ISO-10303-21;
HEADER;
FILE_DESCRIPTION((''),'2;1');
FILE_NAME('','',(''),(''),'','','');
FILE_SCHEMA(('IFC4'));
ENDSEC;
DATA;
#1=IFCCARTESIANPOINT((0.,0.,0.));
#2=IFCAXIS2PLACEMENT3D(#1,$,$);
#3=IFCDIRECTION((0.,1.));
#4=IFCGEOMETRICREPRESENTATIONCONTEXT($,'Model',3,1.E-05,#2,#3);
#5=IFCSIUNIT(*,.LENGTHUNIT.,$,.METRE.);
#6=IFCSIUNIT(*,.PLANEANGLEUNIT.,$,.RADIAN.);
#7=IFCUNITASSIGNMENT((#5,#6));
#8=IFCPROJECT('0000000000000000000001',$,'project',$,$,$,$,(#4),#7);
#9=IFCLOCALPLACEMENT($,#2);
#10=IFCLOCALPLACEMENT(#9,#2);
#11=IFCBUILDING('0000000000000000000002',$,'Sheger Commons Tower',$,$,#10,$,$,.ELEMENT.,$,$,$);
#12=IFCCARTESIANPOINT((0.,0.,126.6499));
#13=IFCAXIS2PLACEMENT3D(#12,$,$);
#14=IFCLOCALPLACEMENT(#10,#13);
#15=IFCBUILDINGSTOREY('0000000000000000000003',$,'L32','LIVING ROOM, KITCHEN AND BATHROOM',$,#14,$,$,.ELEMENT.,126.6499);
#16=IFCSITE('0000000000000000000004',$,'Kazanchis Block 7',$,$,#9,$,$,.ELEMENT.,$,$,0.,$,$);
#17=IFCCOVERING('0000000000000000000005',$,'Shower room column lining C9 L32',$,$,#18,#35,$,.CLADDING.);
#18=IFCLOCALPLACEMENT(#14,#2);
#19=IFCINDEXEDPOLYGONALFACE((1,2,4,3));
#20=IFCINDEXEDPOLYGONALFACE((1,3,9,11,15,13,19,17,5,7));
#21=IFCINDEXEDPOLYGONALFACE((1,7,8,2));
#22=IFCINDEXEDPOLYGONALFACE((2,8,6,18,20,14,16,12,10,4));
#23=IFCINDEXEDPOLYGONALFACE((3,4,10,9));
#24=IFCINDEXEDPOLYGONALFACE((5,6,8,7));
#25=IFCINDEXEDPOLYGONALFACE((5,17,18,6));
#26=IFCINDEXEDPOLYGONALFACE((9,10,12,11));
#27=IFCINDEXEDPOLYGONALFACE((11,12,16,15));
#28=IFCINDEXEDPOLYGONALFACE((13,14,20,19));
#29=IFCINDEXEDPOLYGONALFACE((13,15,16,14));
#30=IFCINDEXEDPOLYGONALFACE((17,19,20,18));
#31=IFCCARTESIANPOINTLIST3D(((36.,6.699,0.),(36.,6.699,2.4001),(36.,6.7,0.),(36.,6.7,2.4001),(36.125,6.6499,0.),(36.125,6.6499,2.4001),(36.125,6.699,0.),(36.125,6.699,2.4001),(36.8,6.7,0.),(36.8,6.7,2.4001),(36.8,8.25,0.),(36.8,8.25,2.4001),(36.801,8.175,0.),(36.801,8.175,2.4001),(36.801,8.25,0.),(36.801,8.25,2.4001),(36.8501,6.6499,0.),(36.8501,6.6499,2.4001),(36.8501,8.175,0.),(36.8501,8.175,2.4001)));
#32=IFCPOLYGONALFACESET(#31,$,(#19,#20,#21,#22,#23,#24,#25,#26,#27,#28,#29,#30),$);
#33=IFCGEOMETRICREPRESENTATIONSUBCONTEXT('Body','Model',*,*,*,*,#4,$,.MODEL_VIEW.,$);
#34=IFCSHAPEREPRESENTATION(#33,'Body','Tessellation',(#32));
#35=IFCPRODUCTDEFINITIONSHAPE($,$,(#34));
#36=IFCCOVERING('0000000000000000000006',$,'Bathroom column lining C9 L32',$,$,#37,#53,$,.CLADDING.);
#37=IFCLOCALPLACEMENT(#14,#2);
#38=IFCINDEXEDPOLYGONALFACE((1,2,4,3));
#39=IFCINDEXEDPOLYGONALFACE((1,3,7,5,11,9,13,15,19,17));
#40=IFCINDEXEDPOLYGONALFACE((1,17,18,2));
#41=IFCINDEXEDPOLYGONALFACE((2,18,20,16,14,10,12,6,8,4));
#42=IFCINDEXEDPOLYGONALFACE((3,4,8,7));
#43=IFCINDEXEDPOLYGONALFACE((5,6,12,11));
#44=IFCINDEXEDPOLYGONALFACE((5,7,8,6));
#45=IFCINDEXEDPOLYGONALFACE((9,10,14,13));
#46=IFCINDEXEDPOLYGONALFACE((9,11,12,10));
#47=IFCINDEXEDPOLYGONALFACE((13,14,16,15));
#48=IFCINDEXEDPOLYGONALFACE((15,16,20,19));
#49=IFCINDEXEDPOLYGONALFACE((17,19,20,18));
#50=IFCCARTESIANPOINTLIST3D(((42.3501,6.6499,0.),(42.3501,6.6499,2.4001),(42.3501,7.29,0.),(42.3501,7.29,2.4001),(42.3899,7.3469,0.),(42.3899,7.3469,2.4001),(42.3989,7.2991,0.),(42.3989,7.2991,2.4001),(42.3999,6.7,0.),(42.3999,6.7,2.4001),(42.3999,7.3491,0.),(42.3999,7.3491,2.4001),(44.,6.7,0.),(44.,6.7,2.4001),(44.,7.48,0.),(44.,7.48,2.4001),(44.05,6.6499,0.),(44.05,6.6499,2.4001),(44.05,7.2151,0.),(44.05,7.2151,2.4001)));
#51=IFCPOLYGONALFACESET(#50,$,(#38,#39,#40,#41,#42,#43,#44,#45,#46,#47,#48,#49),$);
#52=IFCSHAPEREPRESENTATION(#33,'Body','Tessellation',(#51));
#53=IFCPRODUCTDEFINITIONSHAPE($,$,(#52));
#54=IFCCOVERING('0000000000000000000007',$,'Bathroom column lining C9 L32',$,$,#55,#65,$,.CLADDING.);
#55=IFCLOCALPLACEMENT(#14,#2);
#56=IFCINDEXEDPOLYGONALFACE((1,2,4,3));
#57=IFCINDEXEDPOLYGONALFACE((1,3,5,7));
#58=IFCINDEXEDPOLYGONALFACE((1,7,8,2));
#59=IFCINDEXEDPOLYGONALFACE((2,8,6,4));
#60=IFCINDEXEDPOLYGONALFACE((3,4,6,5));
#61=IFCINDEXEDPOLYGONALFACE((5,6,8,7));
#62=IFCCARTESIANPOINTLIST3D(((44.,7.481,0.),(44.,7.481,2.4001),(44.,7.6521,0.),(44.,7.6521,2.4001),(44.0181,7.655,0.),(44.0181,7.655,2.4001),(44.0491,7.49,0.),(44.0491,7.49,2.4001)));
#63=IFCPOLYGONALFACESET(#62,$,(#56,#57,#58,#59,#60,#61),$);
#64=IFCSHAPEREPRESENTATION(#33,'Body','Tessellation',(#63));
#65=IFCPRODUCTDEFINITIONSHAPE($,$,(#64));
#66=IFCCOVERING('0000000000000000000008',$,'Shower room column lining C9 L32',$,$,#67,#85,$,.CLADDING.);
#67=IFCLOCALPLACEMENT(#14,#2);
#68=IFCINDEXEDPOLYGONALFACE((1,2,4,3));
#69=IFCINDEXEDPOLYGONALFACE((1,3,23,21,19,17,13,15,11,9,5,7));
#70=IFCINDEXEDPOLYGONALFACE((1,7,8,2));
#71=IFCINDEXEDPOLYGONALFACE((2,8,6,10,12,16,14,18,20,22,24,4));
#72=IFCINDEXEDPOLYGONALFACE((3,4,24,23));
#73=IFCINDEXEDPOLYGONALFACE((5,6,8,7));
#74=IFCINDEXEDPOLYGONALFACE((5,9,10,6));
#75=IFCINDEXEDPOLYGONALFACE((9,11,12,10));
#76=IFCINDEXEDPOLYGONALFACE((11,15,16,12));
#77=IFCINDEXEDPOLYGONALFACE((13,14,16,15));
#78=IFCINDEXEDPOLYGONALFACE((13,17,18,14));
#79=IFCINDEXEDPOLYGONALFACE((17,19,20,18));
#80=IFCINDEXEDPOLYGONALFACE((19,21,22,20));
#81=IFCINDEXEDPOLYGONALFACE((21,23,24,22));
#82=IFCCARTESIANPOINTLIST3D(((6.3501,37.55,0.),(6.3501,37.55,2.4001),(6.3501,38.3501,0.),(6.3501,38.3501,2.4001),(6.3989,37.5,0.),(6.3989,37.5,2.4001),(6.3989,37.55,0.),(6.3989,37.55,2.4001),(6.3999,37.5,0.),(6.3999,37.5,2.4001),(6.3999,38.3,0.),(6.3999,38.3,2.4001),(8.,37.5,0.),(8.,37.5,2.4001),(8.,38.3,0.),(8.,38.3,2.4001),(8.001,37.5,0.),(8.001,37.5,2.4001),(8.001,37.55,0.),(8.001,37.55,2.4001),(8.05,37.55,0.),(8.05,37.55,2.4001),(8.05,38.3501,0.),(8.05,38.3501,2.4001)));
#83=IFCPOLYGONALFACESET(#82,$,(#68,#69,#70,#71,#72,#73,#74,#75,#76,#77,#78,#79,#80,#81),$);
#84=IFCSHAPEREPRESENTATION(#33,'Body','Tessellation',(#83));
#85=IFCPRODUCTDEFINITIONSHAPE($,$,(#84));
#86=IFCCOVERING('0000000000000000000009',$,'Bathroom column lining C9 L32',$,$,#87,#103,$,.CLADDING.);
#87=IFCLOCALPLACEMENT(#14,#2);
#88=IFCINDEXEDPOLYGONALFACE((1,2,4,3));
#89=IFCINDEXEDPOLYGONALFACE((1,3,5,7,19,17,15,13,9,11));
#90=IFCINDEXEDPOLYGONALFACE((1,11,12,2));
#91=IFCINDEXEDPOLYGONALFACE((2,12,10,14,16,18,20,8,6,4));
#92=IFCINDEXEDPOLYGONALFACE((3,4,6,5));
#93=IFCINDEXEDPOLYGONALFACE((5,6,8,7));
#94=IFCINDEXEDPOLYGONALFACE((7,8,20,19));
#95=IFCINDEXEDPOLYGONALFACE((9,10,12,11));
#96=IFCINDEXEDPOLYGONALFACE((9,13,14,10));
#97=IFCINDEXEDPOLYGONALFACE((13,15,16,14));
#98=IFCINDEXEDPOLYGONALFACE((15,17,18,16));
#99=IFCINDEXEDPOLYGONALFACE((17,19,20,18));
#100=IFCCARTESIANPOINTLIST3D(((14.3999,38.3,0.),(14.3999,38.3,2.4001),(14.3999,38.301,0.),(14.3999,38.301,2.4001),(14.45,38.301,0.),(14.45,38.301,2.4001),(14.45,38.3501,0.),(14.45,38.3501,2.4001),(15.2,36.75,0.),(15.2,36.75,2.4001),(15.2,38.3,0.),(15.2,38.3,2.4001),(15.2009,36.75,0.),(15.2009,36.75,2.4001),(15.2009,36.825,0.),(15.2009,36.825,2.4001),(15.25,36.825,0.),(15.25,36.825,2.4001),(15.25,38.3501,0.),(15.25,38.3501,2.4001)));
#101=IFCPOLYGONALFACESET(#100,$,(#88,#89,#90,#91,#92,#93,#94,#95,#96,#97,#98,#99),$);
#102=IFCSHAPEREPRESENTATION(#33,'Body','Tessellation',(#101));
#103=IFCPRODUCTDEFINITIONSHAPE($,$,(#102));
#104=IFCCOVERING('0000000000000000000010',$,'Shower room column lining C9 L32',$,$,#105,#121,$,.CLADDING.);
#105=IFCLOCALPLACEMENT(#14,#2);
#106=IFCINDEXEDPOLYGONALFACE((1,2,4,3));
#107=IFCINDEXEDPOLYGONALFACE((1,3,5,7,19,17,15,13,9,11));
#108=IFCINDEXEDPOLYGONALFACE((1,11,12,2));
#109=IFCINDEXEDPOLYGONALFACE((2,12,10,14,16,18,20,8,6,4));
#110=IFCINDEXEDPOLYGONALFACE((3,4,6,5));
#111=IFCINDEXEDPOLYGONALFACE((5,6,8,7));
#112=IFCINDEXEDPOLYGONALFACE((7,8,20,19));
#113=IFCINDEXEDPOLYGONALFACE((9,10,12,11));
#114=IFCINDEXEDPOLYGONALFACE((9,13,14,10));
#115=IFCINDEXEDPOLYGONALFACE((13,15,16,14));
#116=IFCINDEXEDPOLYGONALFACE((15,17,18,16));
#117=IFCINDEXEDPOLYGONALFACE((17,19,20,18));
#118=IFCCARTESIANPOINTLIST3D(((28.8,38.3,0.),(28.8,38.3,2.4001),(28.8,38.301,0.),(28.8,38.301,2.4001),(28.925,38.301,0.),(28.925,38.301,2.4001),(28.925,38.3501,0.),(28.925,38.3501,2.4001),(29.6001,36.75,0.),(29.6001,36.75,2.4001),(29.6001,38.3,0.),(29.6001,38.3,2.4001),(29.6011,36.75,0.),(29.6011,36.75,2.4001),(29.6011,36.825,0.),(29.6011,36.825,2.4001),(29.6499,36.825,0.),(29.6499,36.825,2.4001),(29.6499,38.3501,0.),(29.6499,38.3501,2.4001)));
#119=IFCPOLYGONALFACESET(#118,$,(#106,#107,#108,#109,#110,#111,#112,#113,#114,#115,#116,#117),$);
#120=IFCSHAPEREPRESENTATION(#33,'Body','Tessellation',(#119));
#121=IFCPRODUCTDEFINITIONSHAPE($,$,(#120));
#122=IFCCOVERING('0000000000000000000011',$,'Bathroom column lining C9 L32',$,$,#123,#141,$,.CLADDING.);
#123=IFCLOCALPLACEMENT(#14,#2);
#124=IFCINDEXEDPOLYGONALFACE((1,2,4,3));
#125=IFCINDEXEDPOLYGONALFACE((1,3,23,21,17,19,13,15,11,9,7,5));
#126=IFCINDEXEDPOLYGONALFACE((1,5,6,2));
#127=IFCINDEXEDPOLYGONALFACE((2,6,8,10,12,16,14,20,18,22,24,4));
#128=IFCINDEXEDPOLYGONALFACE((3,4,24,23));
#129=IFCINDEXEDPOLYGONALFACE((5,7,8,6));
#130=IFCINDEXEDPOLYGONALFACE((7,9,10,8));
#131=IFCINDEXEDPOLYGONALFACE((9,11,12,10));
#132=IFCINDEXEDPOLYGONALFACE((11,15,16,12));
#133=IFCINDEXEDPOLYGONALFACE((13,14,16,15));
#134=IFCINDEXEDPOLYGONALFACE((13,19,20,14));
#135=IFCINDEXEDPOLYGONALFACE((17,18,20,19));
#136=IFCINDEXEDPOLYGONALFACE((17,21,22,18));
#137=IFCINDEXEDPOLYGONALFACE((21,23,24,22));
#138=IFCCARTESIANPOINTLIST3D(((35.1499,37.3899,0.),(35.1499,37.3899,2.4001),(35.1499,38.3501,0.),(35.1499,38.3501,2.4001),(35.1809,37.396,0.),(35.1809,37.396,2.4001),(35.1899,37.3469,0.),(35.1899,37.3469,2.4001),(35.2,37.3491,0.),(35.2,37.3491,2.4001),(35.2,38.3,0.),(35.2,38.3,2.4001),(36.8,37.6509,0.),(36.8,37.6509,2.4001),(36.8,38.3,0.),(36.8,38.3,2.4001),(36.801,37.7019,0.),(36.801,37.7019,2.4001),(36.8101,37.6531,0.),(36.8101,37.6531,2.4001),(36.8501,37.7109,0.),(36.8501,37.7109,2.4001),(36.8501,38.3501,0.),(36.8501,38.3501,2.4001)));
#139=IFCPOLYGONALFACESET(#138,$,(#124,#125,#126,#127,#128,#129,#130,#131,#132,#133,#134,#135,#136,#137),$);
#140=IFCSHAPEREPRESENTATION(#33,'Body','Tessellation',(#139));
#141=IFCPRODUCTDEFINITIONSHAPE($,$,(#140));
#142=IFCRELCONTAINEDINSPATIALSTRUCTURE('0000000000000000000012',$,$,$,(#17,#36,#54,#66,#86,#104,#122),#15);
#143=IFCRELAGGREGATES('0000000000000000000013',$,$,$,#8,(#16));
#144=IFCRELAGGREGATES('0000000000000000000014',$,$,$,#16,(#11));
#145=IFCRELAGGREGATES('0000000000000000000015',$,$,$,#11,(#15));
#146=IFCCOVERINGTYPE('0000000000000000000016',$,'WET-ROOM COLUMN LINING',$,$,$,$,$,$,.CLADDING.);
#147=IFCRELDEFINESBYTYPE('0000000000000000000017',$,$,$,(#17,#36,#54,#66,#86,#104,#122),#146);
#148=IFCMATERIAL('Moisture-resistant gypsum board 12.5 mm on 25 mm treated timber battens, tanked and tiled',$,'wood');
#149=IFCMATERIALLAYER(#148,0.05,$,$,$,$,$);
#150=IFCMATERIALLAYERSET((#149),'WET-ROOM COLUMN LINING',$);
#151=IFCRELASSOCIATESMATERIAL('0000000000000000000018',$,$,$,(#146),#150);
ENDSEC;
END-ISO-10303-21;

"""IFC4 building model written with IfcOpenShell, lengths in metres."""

from ifc_helpers import new_model, si_unit, direction, frame, origin, place, context, subcontext, project, spatial, polyline, outline, extrude, material, layer, layer_set, type_object, element, save


model = new_model("IFC4")

# Units and contexts
model_context = context("Model", 3, precision=1e-05, world=origin(), true_north=direction((0.0, 1.0)))
body_context = subcontext(model_context, "Body", "Model", "MODEL_VIEW")
ifc_project = project(units=[si_unit("LENGTHUNIT", "METRE"), si_unit("PLANEANGLEUNIT", "RADIAN")], contexts=[model_context])

# Site, building, storey
site_placement = place(None, origin())
site = spatial("IfcSite", under=ifc_project, at=site_placement, Name="Kazanchis Block 7", CompositionType="ELEMENT", RefElevation=0.0)
building_placement = place(site_placement, origin())
building = spatial("IfcBuilding", under=site, at=building_placement, Name="Sheger Commons Tower", CompositionType="ELEMENT")
storey_placement = place(building_placement, frame((0.0, 0.0, 126.6499)))
storey = spatial("IfcBuildingStorey", under=building, at=storey_placement, Name="L32", Description="LIVING ROOM, KITCHEN AND BATHROOM", CompositionType="ELEMENT", Elevation=126.6499)

# Coverings
ifc_material_1 = material(Name="Moisture-resistant gypsum board 12.5 mm on 25 mm treated timber battens, tanked and tiled", Category="wood")
ifc_layer_1 = layer(ifc_material_1, 0.05)
ifc_layer_set_1 = layer_set([ifc_layer_1], Name="WET-ROOM COLUMN LINING")
covering_type_1 = type_object("IfcCoveringType", Name="WET-ROOM COLUMN LINING", PredefinedType="CLADDING", material=ifc_layer_set_1)
covering_1_placement = place(storey_placement, origin())
element("IfcCovering", 1, at=covering_1_placement, inside=storey, type_object=covering_type_1, Name="Shower room column lining C9 L32", PredefinedType="CLADDING", context=body_context, shape_type="SweptSolid", body=[
    extrude(outline(polyline([(36.125, 6.6499), (36.125, 6.699), (36.0, 6.699), (36.0, 6.7), (36.8, 6.7), (36.8, 8.25), (36.801, 8.25), (36.801, 8.175), (36.8501, 8.175), (36.8501, 6.6499), (36.125, 6.6499)])), origin(), (0.0, 0.0, 1.0), 2.4001),
])
covering_2_placement = place(storey_placement, origin())
element("IfcCovering", 2, at=covering_2_placement, inside=storey, type_object=covering_type_1, Name="Bathroom column lining C9 L32", PredefinedType="CLADDING", context=body_context, shape_type="SweptSolid", body=[
    extrude(outline(polyline([(42.3999, 7.3491), (42.3999, 6.7), (44.0, 6.7), (44.0, 7.48), (44.05, 7.2151), (44.05, 6.6499), (42.3501, 6.6499), (42.3501, 7.29), (42.3989, 7.2991), (42.3899, 7.3469), (42.3999, 7.3491)])), origin(), (0.0, 0.0, 1.0), 2.4001),
])
covering_3_placement = place(storey_placement, origin())
element("IfcCovering", 3, at=covering_3_placement, inside=storey, type_object=covering_type_1, Name="Bathroom column lining C9 L32", PredefinedType="CLADDING", context=body_context, shape_type="SweptSolid", body=[
    extrude(outline(polyline([(44.0, 7.6521), (44.0181, 7.655), (44.0491, 7.49), (44.0, 7.481), (44.0, 7.6521)])), origin(), (0.0, 0.0, 1.0), 2.4001),
])
covering_4_placement = place(storey_placement, origin())
element("IfcCovering", 4, at=covering_4_placement, inside=storey, type_object=covering_type_1, Name="Shower room column lining C9 L32", PredefinedType="CLADDING", context=body_context, shape_type="SweptSolid", body=[
    extrude(outline(polyline([(8.05, 38.3501), (8.05, 37.55), (8.001, 37.55), (8.001, 37.5), (8.0, 37.5), (8.0, 38.3), (6.3999, 38.3), (6.3999, 37.5), (6.3989, 37.5), (6.3989, 37.55), (6.3501, 37.55), (6.3501, 38.3501), (8.05, 38.3501)])), origin(), (0.0, 0.0, 1.0), 2.4001),
])
covering_5_placement = place(storey_placement, origin())
element("IfcCovering", 5, at=covering_5_placement, inside=storey, type_object=covering_type_1, Name="Bathroom column lining C9 L32", PredefinedType="CLADDING", context=body_context, shape_type="SweptSolid", body=[
    extrude(outline(polyline([(15.25, 36.825), (15.2009, 36.825), (15.2009, 36.75), (15.2, 36.75), (15.2, 38.3), (14.3999, 38.3), (14.3999, 38.301), (14.45, 38.301), (14.45, 38.3501), (15.25, 38.3501), (15.25, 36.825)])), origin(), (0.0, 0.0, 1.0), 2.4001),
])
covering_6_placement = place(storey_placement, origin())
element("IfcCovering", 6, at=covering_6_placement, inside=storey, type_object=covering_type_1, Name="Shower room column lining C9 L32", PredefinedType="CLADDING", context=body_context, shape_type="SweptSolid", body=[
    extrude(outline(polyline([(29.6499, 36.825), (29.6011, 36.825), (29.6011, 36.75), (29.6001, 36.75), (29.6001, 38.3), (28.8, 38.3), (28.8, 38.301), (28.925, 38.301), (28.925, 38.3501), (29.6499, 38.3501), (29.6499, 36.825)])), origin(), (0.0, 0.0, 1.0), 2.4001),
])
covering_7_placement = place(storey_placement, origin())
element("IfcCovering", 7, at=covering_7_placement, inside=storey, type_object=covering_type_1, Name="Bathroom column lining C9 L32", PredefinedType="CLADDING", context=body_context, shape_type="SweptSolid", body=[
    extrude(outline(polyline([(36.8501, 38.3501), (36.8501, 37.7109), (36.801, 37.7019), (36.8101, 37.6531), (36.8, 37.6509), (36.8, 38.3), (35.2, 38.3), (35.2, 37.3491), (35.1899, 37.3469), (35.1809, 37.396), (35.1499, 37.3899), (35.1499, 38.3501), (36.8501, 38.3501)])), origin(), (0.0, 0.0, 1.0), 2.4001),
])

save(model, "model.ifc")
